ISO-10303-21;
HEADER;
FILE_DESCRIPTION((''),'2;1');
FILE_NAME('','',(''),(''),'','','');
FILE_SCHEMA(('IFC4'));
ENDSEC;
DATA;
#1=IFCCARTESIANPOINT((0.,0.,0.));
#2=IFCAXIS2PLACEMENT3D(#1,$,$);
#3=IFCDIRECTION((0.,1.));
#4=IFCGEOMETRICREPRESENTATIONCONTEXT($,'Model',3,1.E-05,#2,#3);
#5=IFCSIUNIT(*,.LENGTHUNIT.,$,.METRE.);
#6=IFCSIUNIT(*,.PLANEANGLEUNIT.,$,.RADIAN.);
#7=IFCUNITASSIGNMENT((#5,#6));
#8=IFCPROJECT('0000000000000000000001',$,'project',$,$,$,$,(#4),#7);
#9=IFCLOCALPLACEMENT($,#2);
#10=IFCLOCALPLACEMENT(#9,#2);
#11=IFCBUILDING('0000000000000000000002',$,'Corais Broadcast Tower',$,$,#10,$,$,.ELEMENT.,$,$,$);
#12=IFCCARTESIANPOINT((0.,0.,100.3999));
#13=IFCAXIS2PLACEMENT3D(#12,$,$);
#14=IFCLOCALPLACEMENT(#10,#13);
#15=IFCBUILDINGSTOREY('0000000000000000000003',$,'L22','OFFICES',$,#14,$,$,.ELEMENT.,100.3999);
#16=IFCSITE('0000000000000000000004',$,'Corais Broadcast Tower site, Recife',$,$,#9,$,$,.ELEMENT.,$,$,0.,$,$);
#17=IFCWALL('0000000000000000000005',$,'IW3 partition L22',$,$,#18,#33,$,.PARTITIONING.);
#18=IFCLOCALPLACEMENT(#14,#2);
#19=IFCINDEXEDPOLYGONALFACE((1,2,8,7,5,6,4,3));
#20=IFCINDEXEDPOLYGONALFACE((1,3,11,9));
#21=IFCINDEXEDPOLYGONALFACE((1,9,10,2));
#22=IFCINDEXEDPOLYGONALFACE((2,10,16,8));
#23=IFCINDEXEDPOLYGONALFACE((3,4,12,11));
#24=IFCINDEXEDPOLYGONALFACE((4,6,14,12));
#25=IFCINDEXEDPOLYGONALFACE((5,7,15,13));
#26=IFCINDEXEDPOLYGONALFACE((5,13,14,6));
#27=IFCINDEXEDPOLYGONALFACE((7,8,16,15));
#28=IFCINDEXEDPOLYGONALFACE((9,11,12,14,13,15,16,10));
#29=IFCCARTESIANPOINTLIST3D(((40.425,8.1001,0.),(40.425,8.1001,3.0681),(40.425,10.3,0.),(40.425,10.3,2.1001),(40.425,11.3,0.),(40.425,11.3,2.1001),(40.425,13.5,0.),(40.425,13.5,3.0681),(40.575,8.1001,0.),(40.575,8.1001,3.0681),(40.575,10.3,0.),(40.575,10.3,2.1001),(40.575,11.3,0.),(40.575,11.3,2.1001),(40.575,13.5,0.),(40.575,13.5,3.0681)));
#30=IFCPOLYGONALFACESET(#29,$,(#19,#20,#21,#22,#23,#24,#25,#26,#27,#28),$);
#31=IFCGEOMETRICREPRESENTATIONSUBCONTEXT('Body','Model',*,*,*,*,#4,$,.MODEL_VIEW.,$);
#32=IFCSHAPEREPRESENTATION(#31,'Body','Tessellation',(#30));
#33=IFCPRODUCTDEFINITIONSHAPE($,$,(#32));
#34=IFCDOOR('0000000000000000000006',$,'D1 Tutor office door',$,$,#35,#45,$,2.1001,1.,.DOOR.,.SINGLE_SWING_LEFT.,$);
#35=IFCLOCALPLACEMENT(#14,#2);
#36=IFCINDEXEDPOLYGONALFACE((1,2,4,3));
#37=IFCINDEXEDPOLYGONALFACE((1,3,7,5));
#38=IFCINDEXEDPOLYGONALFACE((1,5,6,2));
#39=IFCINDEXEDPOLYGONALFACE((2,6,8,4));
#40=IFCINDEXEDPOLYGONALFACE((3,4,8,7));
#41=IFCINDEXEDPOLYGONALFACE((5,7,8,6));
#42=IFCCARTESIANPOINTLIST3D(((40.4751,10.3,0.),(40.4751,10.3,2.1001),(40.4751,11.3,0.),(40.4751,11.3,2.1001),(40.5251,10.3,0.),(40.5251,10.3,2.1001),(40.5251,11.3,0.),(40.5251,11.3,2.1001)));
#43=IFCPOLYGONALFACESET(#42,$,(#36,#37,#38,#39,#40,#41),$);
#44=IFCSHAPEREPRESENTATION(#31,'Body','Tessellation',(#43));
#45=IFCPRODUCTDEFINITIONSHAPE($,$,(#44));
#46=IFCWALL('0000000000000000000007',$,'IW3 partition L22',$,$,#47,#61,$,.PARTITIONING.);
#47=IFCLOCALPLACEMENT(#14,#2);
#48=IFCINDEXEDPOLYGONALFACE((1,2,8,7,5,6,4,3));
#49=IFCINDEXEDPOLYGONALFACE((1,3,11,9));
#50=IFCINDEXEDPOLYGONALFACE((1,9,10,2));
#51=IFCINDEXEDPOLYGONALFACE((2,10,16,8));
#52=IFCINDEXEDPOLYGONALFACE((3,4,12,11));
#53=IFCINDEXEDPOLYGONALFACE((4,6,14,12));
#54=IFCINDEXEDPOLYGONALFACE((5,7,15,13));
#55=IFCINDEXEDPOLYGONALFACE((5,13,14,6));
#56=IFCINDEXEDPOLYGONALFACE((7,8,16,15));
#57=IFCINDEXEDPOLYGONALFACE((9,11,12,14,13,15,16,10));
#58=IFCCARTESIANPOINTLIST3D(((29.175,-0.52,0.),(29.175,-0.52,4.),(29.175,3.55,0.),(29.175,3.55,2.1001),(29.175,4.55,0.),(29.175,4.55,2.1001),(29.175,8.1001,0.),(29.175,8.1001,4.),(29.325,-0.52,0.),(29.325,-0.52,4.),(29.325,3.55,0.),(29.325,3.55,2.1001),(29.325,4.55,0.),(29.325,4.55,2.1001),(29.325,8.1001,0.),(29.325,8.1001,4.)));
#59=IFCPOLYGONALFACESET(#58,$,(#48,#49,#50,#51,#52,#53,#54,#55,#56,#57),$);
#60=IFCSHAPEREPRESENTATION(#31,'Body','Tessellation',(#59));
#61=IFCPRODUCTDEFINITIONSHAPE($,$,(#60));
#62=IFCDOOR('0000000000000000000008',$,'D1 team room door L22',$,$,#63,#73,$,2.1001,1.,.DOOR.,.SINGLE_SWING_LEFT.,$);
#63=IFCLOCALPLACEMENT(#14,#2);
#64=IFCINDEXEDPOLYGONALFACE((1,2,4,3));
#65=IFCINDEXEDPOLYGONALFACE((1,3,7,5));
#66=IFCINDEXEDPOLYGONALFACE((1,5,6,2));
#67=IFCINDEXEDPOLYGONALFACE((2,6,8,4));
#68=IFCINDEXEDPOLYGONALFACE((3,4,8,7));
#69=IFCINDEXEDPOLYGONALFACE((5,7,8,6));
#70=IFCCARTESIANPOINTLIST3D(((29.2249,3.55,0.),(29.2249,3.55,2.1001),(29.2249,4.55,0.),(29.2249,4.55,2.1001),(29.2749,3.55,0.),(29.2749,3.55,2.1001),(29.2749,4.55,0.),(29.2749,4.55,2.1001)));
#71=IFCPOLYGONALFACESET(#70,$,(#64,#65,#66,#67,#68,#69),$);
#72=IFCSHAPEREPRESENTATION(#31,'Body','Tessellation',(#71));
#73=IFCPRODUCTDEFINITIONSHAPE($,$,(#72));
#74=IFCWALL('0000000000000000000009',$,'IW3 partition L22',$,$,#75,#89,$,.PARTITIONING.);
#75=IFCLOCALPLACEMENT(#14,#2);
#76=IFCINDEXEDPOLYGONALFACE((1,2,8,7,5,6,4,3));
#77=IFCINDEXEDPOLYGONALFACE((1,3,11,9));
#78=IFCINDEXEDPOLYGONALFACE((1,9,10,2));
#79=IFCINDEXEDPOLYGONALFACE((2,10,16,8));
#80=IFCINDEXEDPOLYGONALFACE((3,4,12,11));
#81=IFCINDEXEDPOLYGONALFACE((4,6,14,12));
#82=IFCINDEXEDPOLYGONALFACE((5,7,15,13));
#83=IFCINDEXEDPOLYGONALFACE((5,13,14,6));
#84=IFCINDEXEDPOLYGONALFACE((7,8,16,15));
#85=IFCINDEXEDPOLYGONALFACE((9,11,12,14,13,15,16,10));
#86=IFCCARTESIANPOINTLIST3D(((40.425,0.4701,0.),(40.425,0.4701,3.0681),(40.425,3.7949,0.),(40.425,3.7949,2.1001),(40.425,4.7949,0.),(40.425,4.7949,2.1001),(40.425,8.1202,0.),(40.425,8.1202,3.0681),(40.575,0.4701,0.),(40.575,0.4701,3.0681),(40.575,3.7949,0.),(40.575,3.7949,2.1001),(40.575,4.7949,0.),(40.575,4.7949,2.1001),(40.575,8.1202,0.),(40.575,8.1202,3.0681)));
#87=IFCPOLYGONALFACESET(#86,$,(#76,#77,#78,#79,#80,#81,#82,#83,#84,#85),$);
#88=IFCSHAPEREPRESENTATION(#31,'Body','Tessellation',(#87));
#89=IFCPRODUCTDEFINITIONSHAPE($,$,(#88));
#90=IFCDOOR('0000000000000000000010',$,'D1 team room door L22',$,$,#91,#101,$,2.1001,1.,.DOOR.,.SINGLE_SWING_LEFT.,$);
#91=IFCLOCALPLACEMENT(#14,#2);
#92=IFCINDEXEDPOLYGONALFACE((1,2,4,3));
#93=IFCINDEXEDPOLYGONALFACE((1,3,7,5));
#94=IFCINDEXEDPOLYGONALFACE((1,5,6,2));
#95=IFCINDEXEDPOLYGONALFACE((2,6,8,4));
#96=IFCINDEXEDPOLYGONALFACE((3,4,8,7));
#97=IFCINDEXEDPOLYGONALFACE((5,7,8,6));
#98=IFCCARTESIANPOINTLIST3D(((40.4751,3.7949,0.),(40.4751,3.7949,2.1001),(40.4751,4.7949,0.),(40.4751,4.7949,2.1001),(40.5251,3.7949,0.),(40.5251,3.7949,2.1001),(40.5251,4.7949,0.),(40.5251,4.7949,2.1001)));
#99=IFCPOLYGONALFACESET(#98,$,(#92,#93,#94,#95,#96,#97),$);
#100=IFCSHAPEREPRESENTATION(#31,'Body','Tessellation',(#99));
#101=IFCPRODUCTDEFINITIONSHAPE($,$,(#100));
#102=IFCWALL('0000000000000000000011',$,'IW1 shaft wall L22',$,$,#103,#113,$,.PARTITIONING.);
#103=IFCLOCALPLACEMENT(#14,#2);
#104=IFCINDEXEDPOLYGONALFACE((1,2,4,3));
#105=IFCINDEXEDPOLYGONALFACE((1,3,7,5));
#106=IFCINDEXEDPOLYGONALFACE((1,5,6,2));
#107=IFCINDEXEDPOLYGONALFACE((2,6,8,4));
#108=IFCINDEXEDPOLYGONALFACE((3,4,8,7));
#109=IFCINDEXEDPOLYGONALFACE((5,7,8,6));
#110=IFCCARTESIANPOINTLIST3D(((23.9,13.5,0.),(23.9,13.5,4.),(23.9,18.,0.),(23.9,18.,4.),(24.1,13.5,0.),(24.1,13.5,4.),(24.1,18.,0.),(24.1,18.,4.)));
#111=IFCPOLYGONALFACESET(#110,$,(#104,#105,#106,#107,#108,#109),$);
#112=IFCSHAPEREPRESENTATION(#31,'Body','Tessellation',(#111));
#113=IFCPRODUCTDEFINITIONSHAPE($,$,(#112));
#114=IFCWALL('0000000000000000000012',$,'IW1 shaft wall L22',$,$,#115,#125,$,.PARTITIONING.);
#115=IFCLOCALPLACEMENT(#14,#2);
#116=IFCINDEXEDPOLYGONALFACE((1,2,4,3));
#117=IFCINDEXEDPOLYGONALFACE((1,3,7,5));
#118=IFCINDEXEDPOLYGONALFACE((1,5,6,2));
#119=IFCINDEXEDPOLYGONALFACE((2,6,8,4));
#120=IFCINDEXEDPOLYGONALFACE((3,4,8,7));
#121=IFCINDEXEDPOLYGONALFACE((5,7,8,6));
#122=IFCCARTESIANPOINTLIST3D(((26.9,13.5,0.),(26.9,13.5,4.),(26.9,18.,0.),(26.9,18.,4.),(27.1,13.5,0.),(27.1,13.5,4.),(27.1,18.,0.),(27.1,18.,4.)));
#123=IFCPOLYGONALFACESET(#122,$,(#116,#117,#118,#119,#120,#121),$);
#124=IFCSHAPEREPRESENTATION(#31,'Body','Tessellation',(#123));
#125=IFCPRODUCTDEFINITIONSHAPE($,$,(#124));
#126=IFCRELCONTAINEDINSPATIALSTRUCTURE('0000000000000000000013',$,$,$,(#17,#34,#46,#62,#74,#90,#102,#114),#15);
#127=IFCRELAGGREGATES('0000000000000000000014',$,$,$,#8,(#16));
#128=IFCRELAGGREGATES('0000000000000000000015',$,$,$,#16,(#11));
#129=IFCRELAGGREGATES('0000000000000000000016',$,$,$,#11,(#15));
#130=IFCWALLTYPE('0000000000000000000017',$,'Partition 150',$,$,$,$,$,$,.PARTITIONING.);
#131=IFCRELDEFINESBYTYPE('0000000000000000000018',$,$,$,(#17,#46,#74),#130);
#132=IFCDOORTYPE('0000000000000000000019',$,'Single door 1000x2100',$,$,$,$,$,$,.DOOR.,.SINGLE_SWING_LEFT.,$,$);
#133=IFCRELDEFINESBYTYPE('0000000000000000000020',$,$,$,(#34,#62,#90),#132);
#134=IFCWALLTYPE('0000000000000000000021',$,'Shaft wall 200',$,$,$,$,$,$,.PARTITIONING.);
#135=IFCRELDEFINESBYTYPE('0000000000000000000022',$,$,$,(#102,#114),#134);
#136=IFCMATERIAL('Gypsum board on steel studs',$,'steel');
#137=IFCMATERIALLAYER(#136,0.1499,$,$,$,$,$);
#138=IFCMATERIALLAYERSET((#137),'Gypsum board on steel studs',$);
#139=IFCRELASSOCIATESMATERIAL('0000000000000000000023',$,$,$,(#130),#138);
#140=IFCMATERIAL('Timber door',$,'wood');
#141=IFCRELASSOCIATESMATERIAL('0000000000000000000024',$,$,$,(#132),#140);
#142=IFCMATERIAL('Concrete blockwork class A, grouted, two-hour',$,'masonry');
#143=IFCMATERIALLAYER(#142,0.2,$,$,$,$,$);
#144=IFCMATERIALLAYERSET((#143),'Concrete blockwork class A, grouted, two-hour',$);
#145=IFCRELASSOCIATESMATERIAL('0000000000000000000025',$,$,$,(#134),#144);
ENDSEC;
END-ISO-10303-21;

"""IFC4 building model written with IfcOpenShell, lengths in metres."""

from ifc_helpers import new_model, si_unit, direction, frame, frame_2d, origin, place, context, subcontext, project, spatial, rectangle, extrude, material, layer, layer_set, type_object, element, fill, save


model = new_model("IFC4")

# Units and contexts
model_context = context("Model", 3, precision=1e-05, world=origin(), true_north=direction((0.0, 1.0)))
body_context = subcontext(model_context, "Body", "Model", "MODEL_VIEW")
ifc_project = project(units=[si_unit("LENGTHUNIT", "METRE"), si_unit("PLANEANGLEUNIT", "RADIAN")], contexts=[model_context])

# Site, building, storey
site_placement = place(None, origin())
site = spatial("IfcSite", under=ifc_project, at=site_placement, Name="Corais Broadcast Tower site, Recife", CompositionType="ELEMENT", RefElevation=0.0)
building_placement = place(site_placement, origin())
building = spatial("IfcBuilding", under=site, at=building_placement, Name="Corais Broadcast Tower", CompositionType="ELEMENT")
storey_placement = place(building_placement, frame((0.0, 0.0, 100.3999)))
storey = spatial("IfcBuildingStorey", under=building, at=storey_placement, Name="L22", Description="OFFICES", CompositionType="ELEMENT", Elevation=100.3999)

# Shared definitions
ifc_material_1 = material(Name="Gypsum board on steel studs", Category="steel")
ifc_layer_1 = layer(ifc_material_1, 0.1499)
ifc_layer_set_1 = layer_set([ifc_layer_1], Name="Gypsum board on steel studs")
wall_type_1 = type_object("IfcWallType", Name="Partition 150", PredefinedType="PARTITIONING", material=ifc_layer_set_1)

# Shared definitions
ifc_material_2 = material(Name="Timber door", Category="wood")
door_type = type_object("IfcDoorType", Name="Single door 1000x2100", OperationType="SINGLE_SWING_LEFT", PredefinedType="DOOR", material=ifc_material_2)

# Walls, openings, doors
wall_1_placement = place(storey_placement, frame((40.5, 8.1001, 0.0), z_axis=(0.0, 0.0, 1.0), x_axis=(0.0, 1.0, 0.0)))
wall_1 = element("IfcWall", 1, at=wall_1_placement, inside=storey, type_object=wall_type_1, Name="IW3 partition L22", PredefinedType="PARTITIONING", context=body_context, shape_type="SweptSolid", body=[
    extrude(rectangle(XDim=5.3999, YDim=0.1499, at=frame_2d((2.7, 0.0))), origin(), (0.0, 0.0, 1.0), 3.0681),
])
opening_1_placement = place(wall_1_placement, frame((2.2, 0.0, 0.0)))
opening_1 = element("IfcOpeningElement", 2, at=opening_1_placement, cuts=wall_1, PredefinedType="OPENING", context=body_context, shape_type="SweptSolid", body=[
    extrude(rectangle(XDim=1.0, YDim=2.1001, at=frame_2d((0.5, 1.05))), frame((0.0, 0.085, 0.0), z_axis=(0.0, -1.0, 0.0), x_axis=(1.0, 0.0, 0.0)), (0.0, 0.0, 1.0), 0.1699),
])
door_1_placement = place(opening_1_placement, origin())
door_1 = element("IfcDoor", 3, at=door_1_placement, inside=storey, type_object=door_type, Name="D1 Tutor office door", OperationType="SINGLE_SWING_LEFT", OverallHeight=2.1001, OverallWidth=1.0, PredefinedType="DOOR", context=body_context, shape_type="SweptSolid", body=[
    extrude(rectangle(XDim=1.0, YDim=2.1001, at=frame_2d((0.5, 1.05))), frame((0.0, 0.0249, 0.0), z_axis=(0.0, -1.0, 0.0), x_axis=(1.0, 0.0, 0.0)), (0.0, 0.0, 1.0), 0.05),
])
fill(opening_1, door_1)
wall_2_placement = place(storey_placement, frame((29.25, 8.1001, 0.0), z_axis=(0.0, 0.0, 1.0), x_axis=(0.0, -1.0, 0.0)))
wall_2 = element("IfcWall", 4, at=wall_2_placement, inside=storey, type_object=wall_type_1, Name="IW3 partition L22", PredefinedType="PARTITIONING", context=body_context, shape_type="SweptSolid", body=[
    extrude(rectangle(XDim=8.6201, YDim=0.1499, at=frame_2d((4.3101, 0.0))), origin(), (0.0, 0.0, 1.0), 4.0),
])
opening_2_placement = place(wall_2_placement, frame((3.55, 0.0, 0.0)))
opening_2 = element("IfcOpeningElement", 5, at=opening_2_placement, cuts=wall_2, PredefinedType="OPENING", context=body_context, shape_type="SweptSolid", body=[
    extrude(rectangle(XDim=1.0, YDim=2.1001, at=frame_2d((0.5, 1.05))), frame((0.0, 0.085, 0.0), z_axis=(0.0, -1.0, 0.0), x_axis=(1.0, 0.0, 0.0)), (0.0, 0.0, 1.0), 0.1699),
])
door_2_placement = place(opening_2_placement, origin())
door_2 = element("IfcDoor", 6, at=door_2_placement, inside=storey, type_object=door_type, Name="D1 team room door L22", OperationType="SINGLE_SWING_LEFT", OverallHeight=2.1001, OverallWidth=1.0, PredefinedType="DOOR", context=body_context, shape_type="SweptSolid", body=[
    extrude(rectangle(XDim=1.0, YDim=2.1001, at=frame_2d((0.5, 1.05))), frame((0.0, 0.0249, 0.0), z_axis=(0.0, -1.0, 0.0), x_axis=(1.0, 0.0, 0.0)), (0.0, 0.0, 1.0), 0.05),
])
fill(opening_2, door_2)
wall_3_placement = place(storey_placement, frame((40.5, 0.47, 0.0), z_axis=(0.0, 0.0, 1.0), x_axis=(0.0, 1.0, 0.0)))
wall_3 = element("IfcWall", 7, at=wall_3_placement, inside=storey, type_object=wall_type_1, Name="IW3 partition L22", PredefinedType="PARTITIONING", context=body_context, shape_type="SweptSolid", body=[
    extrude(rectangle(XDim=7.6501, YDim=0.1499, at=frame_2d((3.8252, 0.0))), origin(), (0.0, 0.0, 1.0), 3.0681),
])
opening_3_placement = place(wall_3_placement, frame((3.325, 0.0, 0.0)))
opening_3 = element("IfcOpeningElement", 8, at=opening_3_placement, cuts=wall_3, PredefinedType="OPENING", context=body_context, shape_type="SweptSolid", body=[
    extrude(rectangle(XDim=1.0, YDim=2.1001, at=frame_2d((0.5, 1.05))), frame((0.0, 0.085, 0.0), z_axis=(0.0, -1.0, 0.0), x_axis=(1.0, 0.0, 0.0)), (0.0, 0.0, 1.0), 0.1699),
])
door_3_placement = place(opening_3_placement, origin())
door_3 = element("IfcDoor", 9, at=door_3_placement, inside=storey, type_object=door_type, Name="D1 team room door L22", OperationType="SINGLE_SWING_LEFT", OverallHeight=2.1001, OverallWidth=1.0, PredefinedType="DOOR", context=body_context, shape_type="SweptSolid", body=[
    extrude(rectangle(XDim=1.0, YDim=2.1001, at=frame_2d((0.5, 1.05))), frame((0.0, 0.0249, 0.0), z_axis=(0.0, -1.0, 0.0), x_axis=(1.0, 0.0, 0.0)), (0.0, 0.0, 1.0), 0.05),
])
fill(opening_3, door_3)

# Walls
ifc_material_3 = material(Name="Concrete blockwork class A, grouted, two-hour", Category="masonry")
ifc_layer_2 = layer(ifc_material_3, 0.2)
ifc_layer_set_2 = layer_set([ifc_layer_2], Name="Concrete blockwork class A, grouted, two-hour")
wall_type_2 = type_object("IfcWallType", Name="Shaft wall 200", PredefinedType="PARTITIONING", material=ifc_layer_set_2)
for number, where, z_axis, x_axis, name in (
    (10, (24.0, 13.5, 0.0), (0.0, 0.0, 1.0), (0.0, 1.0, 0.0), "IW1 shaft wall L22"),
    (11, (27.0, 13.5, 0.0), (0.0, 0.0, 1.0), (0.0, 1.0, 0.0), "IW1 shaft wall L22"),
):
    element("IfcWall", number, at=place(storey_placement, frame(where, z_axis=z_axis, x_axis=x_axis)), inside=storey, type_object=wall_type_2, Name=name, PredefinedType="PARTITIONING", context=body_context, shape_type="SweptSolid", body=[
        extrude(rectangle(XDim=4.5, YDim=0.2, at=frame_2d((2.25, 0.0))), origin(), (0.0, 0.0, 1.0), 4.0),
    ])

save(model, "model.ifc")
